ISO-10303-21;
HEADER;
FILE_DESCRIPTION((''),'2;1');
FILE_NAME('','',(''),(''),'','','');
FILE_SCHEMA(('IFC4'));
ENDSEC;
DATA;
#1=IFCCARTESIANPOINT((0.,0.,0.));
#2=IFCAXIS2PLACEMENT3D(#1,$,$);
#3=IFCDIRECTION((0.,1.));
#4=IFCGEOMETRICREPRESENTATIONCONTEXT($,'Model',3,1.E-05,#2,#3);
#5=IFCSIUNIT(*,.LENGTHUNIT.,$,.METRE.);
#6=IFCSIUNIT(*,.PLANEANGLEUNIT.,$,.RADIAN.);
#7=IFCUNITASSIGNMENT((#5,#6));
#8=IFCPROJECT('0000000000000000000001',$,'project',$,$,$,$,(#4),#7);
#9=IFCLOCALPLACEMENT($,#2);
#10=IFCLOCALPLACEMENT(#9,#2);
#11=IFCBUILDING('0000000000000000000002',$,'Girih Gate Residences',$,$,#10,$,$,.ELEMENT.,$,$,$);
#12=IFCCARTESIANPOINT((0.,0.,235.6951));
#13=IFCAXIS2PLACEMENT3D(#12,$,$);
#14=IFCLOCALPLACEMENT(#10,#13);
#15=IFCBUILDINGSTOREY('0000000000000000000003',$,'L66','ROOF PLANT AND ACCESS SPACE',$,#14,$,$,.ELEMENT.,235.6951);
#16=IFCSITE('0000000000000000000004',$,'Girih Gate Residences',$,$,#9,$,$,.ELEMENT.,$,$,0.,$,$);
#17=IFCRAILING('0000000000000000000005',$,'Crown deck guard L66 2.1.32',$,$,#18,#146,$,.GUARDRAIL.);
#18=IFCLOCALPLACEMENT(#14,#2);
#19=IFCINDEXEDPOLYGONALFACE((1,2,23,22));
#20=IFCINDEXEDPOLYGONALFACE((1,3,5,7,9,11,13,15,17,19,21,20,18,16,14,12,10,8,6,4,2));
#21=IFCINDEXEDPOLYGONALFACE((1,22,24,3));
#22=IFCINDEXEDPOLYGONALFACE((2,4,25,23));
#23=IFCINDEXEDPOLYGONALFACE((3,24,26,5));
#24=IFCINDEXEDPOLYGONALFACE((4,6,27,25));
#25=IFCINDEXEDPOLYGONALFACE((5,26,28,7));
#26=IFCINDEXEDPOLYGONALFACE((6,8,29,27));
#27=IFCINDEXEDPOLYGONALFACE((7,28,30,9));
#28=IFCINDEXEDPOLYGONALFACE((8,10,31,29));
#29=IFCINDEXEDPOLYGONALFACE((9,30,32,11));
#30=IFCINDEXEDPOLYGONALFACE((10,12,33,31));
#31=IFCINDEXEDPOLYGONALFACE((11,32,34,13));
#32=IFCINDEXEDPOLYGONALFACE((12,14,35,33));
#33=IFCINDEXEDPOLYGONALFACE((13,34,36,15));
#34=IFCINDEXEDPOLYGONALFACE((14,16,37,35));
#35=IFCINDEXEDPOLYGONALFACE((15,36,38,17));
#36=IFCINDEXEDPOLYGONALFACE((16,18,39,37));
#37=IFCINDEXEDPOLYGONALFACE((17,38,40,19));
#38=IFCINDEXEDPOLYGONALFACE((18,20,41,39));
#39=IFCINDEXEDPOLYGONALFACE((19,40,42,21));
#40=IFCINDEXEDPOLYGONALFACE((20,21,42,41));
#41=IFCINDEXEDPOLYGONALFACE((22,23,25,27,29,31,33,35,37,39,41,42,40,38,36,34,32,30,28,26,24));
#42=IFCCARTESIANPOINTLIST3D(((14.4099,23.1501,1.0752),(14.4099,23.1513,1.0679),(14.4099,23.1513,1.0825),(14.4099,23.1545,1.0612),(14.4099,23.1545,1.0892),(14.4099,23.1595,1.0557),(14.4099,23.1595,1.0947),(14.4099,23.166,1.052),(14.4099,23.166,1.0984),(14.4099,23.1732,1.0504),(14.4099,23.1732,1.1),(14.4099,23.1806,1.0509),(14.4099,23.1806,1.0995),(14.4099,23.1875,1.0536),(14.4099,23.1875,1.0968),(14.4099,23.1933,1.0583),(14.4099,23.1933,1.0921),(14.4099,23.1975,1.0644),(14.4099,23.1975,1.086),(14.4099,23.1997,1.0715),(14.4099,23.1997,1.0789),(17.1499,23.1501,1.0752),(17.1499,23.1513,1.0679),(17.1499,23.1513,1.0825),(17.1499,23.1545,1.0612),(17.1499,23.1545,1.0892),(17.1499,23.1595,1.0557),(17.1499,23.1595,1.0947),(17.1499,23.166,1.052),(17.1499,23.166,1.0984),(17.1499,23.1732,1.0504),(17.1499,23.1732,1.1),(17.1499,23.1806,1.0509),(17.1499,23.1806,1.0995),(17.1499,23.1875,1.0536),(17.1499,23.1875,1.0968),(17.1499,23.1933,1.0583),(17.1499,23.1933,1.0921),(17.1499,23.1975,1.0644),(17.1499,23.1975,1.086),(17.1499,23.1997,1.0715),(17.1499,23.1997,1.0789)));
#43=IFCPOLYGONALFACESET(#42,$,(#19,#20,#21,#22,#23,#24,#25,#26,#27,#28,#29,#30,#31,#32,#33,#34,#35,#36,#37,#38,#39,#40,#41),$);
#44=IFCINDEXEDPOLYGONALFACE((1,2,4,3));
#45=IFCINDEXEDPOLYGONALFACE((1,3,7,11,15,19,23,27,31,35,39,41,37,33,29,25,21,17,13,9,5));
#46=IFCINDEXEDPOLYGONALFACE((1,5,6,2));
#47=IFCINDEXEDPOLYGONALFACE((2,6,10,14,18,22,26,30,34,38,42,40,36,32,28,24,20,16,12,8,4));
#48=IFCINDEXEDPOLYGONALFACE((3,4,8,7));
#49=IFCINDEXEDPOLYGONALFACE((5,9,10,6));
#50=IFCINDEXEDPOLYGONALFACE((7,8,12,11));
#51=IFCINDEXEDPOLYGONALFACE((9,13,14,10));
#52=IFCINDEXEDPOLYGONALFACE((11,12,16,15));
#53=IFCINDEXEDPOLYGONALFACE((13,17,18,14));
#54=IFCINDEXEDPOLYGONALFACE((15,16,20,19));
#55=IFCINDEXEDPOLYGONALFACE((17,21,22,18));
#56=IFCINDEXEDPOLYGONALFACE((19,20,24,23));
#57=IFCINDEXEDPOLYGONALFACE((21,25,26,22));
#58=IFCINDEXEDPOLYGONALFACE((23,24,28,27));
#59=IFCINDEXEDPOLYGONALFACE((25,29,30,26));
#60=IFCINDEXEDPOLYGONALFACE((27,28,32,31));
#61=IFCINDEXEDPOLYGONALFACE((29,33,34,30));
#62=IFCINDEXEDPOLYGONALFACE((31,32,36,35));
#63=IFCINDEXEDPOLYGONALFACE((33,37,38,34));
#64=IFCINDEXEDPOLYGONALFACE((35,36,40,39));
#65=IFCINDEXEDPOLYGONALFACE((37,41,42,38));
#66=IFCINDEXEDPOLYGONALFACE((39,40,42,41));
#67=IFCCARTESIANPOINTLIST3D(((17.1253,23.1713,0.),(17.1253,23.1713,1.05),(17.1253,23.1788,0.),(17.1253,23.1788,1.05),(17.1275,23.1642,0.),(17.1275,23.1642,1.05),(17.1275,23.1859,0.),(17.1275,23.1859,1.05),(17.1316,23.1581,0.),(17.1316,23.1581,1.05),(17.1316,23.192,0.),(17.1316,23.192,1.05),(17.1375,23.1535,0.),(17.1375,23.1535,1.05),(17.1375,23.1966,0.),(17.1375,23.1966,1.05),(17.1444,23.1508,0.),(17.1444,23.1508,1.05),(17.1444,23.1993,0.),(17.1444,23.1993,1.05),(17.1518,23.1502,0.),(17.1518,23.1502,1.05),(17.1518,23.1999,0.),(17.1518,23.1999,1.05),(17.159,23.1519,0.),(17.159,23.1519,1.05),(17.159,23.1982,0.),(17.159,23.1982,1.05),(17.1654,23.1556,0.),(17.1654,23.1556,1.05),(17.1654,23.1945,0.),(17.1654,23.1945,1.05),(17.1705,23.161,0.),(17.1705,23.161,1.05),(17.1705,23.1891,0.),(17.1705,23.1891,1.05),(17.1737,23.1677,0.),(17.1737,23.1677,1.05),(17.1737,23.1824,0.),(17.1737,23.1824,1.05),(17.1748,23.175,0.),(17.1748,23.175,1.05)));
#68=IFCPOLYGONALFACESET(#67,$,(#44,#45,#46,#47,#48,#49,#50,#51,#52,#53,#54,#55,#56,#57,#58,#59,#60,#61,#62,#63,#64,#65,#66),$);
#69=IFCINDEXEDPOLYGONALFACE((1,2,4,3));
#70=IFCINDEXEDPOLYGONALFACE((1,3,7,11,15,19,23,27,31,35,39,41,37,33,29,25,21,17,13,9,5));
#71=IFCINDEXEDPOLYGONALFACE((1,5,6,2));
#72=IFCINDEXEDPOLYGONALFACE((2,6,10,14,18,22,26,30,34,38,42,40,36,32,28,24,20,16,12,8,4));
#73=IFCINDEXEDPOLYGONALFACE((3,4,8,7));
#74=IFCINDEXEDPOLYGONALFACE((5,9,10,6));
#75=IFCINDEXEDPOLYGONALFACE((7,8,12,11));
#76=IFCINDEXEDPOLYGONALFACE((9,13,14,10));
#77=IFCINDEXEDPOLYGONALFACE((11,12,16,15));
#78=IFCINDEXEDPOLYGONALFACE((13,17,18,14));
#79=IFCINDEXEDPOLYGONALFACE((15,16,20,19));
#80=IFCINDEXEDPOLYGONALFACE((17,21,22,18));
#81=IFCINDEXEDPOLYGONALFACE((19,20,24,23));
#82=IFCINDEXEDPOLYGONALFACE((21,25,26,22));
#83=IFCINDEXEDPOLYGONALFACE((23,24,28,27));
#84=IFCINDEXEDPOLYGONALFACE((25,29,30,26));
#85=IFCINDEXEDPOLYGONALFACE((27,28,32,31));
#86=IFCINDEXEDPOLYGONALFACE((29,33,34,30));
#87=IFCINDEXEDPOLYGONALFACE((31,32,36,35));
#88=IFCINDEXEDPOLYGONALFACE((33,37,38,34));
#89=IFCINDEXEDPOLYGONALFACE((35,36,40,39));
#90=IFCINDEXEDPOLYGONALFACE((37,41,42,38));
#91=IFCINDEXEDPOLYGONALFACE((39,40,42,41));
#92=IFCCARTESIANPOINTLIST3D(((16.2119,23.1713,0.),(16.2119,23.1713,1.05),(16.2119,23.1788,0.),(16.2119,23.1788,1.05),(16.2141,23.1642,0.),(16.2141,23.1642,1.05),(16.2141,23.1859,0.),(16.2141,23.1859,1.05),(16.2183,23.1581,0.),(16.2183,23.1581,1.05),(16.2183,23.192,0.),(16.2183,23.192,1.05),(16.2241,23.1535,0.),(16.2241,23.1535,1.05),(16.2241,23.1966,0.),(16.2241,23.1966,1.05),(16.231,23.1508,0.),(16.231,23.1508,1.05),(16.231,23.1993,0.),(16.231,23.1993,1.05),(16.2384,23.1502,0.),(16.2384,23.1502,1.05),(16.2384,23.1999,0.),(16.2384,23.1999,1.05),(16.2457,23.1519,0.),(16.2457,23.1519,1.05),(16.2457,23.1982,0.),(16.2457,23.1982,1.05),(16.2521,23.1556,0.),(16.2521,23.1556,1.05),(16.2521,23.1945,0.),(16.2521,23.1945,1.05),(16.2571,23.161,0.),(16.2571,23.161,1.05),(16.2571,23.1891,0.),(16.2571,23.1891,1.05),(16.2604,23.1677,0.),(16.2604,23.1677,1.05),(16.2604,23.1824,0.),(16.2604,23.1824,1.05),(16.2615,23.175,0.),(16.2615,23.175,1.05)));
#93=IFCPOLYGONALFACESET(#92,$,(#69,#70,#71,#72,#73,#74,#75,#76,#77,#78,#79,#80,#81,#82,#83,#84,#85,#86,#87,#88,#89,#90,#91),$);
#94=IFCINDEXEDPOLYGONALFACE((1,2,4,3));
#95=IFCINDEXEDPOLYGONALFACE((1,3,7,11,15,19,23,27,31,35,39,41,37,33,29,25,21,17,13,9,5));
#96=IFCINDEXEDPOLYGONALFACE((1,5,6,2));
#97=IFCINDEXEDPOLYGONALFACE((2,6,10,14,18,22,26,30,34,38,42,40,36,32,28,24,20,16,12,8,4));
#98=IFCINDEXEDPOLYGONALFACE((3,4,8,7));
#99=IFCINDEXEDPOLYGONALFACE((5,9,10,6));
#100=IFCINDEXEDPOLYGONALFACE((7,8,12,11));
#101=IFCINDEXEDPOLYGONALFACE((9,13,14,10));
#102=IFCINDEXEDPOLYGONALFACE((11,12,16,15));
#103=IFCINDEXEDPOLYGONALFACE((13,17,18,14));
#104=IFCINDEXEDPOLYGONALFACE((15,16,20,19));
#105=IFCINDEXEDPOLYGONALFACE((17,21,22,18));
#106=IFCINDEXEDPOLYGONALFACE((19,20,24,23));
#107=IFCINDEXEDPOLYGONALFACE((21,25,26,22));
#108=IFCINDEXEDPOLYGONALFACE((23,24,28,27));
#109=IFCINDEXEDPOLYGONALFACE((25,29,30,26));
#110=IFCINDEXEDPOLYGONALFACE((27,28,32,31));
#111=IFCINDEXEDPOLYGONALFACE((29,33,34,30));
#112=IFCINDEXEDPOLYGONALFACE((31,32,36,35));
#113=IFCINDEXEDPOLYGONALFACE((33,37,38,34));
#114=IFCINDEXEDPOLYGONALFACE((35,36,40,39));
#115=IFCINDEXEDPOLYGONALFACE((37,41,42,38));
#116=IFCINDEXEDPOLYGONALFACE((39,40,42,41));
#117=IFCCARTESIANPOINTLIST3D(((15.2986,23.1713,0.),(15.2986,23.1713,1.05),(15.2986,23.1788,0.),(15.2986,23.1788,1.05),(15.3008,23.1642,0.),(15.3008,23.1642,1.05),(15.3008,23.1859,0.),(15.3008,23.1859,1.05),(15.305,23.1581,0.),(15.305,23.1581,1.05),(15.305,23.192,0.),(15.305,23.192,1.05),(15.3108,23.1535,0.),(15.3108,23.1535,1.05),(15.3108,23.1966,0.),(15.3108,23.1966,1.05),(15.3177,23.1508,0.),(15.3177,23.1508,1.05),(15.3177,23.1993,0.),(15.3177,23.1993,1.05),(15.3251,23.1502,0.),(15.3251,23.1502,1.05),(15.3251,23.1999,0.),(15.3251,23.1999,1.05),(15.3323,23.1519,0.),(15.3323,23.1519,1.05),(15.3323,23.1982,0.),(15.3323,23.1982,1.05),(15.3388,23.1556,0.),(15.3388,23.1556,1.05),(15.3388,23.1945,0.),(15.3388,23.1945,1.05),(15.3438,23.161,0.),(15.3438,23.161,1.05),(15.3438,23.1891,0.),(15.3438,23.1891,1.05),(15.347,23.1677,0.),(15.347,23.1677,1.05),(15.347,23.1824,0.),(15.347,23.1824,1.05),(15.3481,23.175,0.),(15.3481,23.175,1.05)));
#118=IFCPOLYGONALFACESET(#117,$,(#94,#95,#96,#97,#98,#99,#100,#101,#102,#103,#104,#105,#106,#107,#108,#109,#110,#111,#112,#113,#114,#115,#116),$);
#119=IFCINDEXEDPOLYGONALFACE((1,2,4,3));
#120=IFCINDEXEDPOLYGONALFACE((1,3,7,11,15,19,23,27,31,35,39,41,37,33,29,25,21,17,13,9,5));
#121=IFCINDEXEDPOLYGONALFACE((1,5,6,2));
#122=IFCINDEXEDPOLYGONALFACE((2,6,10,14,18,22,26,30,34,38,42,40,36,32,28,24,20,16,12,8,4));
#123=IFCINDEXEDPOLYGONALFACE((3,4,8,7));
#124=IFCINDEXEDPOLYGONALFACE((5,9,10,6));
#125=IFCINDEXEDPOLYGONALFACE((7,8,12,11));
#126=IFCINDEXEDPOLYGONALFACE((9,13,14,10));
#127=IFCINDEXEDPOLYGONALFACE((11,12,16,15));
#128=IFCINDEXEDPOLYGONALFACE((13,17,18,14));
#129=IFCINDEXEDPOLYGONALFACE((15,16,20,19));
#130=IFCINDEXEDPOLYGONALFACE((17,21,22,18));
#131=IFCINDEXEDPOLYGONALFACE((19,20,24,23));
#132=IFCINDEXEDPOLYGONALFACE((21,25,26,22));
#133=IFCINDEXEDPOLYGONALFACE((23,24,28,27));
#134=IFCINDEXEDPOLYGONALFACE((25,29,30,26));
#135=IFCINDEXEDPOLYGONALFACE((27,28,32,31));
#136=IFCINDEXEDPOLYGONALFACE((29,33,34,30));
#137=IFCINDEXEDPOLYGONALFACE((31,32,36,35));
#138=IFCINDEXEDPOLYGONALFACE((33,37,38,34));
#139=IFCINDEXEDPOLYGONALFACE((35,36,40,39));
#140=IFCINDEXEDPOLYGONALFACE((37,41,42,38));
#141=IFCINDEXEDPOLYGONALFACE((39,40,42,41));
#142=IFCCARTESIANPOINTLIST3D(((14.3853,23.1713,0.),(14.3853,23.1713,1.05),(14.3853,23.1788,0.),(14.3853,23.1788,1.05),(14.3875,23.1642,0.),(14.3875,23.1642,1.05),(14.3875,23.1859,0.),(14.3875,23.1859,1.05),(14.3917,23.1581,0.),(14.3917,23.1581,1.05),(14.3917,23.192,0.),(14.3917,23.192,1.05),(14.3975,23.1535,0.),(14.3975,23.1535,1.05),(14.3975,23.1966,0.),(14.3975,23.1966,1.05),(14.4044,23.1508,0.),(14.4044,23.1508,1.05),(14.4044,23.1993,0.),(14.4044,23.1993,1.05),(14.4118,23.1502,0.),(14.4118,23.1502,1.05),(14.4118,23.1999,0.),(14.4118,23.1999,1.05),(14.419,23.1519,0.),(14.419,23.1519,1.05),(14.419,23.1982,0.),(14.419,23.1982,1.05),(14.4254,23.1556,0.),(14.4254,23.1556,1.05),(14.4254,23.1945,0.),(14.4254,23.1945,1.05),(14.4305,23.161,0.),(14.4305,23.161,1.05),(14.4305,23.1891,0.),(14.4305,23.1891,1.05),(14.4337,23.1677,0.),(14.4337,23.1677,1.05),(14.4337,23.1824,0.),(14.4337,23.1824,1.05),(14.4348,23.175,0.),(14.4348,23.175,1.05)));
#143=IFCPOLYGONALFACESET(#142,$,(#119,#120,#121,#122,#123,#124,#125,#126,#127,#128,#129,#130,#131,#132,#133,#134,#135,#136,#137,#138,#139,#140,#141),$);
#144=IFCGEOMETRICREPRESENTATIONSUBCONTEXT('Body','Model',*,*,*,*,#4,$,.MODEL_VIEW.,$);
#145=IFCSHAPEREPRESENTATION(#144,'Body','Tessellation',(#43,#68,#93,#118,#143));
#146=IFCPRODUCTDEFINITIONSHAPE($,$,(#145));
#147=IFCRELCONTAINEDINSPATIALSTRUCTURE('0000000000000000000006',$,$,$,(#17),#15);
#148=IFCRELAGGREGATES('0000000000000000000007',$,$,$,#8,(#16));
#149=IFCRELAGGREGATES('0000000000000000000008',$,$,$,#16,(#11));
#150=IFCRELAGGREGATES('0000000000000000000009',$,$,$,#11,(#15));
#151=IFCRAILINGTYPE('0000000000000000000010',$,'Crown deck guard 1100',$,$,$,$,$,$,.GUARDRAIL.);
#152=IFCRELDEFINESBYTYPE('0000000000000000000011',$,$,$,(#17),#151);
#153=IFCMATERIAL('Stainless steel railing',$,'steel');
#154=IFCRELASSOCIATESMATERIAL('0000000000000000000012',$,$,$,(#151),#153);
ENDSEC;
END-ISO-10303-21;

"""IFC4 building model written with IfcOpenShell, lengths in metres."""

from ifc_helpers import new_model, si_unit, direction, frame, origin, origin_2d, place, context, subcontext, project, spatial, circle, extrude, material, type_object, element, save


model = new_model("IFC4")

# Units and contexts
model_context = context("Model", 3, precision=1e-05, world=origin(), true_north=direction((0.0, 1.0)))
body_context = subcontext(model_context, "Body", "Model", "MODEL_VIEW")
ifc_project = project(units=[si_unit("LENGTHUNIT", "METRE"), si_unit("PLANEANGLEUNIT", "RADIAN")], contexts=[model_context])

# Site, building, storey
site_placement = place(None, origin())
site = spatial("IfcSite", under=ifc_project, at=site_placement, Name="Girih Gate Residences", CompositionType="ELEMENT", RefElevation=0.0)
building_placement = place(site_placement, origin())
building = spatial("IfcBuilding", under=site, at=building_placement, Name="Girih Gate Residences", CompositionType="ELEMENT")
storey_placement = place(building_placement, frame((0.0, 0.0, 235.6951)))
storey = spatial("IfcBuildingStorey", under=building, at=storey_placement, Name="L66", Description="ROOF PLANT AND ACCESS SPACE", CompositionType="ELEMENT", Elevation=235.6951)

# Railing
ifc_material_1 = material(Name="Stainless steel railing", Category="steel")
railing_type = type_object("IfcRailingType", Name="Crown deck guard 1100", PredefinedType="GUARDRAIL", material=ifc_material_1)
railing_1_placement = place(storey_placement, frame((17.1499, 23.175, 0.0)))
element("IfcRailing", 1, at=railing_1_placement, inside=storey, type_object=railing_type, Name="Crown deck guard L66 2.1.32", PredefinedType="GUARDRAIL", context=body_context, shape_type="SweptSolid", body=[
    extrude(circle(Radius=0.0249, at=origin_2d()), frame((0.0, 0.0, 1.0752), z_axis=(-1.0, 0.0, 0.0), x_axis=(0.0, -1.0, 0.0)), (0.0, 0.0, 1.0), 2.74),
    extrude(circle(Radius=0.0249, at=origin_2d()), origin(), (0.0, 0.0, 1.0), 1.05),
    extrude(circle(Radius=0.0249, at=origin_2d()), frame((-0.9133, 0.0, 0.0)), (0.0, 0.0, 1.0), 1.05),
    extrude(circle(Radius=0.0249, at=origin_2d()), frame((-1.8267, 0.0, 0.0)), (0.0, 0.0, 1.0), 1.05),
    extrude(circle(Radius=0.0249, at=origin_2d()), frame((-2.74, 0.0, 0.0)), (0.0, 0.0, 1.0), 1.05),
])

save(model, "model.ifc")
